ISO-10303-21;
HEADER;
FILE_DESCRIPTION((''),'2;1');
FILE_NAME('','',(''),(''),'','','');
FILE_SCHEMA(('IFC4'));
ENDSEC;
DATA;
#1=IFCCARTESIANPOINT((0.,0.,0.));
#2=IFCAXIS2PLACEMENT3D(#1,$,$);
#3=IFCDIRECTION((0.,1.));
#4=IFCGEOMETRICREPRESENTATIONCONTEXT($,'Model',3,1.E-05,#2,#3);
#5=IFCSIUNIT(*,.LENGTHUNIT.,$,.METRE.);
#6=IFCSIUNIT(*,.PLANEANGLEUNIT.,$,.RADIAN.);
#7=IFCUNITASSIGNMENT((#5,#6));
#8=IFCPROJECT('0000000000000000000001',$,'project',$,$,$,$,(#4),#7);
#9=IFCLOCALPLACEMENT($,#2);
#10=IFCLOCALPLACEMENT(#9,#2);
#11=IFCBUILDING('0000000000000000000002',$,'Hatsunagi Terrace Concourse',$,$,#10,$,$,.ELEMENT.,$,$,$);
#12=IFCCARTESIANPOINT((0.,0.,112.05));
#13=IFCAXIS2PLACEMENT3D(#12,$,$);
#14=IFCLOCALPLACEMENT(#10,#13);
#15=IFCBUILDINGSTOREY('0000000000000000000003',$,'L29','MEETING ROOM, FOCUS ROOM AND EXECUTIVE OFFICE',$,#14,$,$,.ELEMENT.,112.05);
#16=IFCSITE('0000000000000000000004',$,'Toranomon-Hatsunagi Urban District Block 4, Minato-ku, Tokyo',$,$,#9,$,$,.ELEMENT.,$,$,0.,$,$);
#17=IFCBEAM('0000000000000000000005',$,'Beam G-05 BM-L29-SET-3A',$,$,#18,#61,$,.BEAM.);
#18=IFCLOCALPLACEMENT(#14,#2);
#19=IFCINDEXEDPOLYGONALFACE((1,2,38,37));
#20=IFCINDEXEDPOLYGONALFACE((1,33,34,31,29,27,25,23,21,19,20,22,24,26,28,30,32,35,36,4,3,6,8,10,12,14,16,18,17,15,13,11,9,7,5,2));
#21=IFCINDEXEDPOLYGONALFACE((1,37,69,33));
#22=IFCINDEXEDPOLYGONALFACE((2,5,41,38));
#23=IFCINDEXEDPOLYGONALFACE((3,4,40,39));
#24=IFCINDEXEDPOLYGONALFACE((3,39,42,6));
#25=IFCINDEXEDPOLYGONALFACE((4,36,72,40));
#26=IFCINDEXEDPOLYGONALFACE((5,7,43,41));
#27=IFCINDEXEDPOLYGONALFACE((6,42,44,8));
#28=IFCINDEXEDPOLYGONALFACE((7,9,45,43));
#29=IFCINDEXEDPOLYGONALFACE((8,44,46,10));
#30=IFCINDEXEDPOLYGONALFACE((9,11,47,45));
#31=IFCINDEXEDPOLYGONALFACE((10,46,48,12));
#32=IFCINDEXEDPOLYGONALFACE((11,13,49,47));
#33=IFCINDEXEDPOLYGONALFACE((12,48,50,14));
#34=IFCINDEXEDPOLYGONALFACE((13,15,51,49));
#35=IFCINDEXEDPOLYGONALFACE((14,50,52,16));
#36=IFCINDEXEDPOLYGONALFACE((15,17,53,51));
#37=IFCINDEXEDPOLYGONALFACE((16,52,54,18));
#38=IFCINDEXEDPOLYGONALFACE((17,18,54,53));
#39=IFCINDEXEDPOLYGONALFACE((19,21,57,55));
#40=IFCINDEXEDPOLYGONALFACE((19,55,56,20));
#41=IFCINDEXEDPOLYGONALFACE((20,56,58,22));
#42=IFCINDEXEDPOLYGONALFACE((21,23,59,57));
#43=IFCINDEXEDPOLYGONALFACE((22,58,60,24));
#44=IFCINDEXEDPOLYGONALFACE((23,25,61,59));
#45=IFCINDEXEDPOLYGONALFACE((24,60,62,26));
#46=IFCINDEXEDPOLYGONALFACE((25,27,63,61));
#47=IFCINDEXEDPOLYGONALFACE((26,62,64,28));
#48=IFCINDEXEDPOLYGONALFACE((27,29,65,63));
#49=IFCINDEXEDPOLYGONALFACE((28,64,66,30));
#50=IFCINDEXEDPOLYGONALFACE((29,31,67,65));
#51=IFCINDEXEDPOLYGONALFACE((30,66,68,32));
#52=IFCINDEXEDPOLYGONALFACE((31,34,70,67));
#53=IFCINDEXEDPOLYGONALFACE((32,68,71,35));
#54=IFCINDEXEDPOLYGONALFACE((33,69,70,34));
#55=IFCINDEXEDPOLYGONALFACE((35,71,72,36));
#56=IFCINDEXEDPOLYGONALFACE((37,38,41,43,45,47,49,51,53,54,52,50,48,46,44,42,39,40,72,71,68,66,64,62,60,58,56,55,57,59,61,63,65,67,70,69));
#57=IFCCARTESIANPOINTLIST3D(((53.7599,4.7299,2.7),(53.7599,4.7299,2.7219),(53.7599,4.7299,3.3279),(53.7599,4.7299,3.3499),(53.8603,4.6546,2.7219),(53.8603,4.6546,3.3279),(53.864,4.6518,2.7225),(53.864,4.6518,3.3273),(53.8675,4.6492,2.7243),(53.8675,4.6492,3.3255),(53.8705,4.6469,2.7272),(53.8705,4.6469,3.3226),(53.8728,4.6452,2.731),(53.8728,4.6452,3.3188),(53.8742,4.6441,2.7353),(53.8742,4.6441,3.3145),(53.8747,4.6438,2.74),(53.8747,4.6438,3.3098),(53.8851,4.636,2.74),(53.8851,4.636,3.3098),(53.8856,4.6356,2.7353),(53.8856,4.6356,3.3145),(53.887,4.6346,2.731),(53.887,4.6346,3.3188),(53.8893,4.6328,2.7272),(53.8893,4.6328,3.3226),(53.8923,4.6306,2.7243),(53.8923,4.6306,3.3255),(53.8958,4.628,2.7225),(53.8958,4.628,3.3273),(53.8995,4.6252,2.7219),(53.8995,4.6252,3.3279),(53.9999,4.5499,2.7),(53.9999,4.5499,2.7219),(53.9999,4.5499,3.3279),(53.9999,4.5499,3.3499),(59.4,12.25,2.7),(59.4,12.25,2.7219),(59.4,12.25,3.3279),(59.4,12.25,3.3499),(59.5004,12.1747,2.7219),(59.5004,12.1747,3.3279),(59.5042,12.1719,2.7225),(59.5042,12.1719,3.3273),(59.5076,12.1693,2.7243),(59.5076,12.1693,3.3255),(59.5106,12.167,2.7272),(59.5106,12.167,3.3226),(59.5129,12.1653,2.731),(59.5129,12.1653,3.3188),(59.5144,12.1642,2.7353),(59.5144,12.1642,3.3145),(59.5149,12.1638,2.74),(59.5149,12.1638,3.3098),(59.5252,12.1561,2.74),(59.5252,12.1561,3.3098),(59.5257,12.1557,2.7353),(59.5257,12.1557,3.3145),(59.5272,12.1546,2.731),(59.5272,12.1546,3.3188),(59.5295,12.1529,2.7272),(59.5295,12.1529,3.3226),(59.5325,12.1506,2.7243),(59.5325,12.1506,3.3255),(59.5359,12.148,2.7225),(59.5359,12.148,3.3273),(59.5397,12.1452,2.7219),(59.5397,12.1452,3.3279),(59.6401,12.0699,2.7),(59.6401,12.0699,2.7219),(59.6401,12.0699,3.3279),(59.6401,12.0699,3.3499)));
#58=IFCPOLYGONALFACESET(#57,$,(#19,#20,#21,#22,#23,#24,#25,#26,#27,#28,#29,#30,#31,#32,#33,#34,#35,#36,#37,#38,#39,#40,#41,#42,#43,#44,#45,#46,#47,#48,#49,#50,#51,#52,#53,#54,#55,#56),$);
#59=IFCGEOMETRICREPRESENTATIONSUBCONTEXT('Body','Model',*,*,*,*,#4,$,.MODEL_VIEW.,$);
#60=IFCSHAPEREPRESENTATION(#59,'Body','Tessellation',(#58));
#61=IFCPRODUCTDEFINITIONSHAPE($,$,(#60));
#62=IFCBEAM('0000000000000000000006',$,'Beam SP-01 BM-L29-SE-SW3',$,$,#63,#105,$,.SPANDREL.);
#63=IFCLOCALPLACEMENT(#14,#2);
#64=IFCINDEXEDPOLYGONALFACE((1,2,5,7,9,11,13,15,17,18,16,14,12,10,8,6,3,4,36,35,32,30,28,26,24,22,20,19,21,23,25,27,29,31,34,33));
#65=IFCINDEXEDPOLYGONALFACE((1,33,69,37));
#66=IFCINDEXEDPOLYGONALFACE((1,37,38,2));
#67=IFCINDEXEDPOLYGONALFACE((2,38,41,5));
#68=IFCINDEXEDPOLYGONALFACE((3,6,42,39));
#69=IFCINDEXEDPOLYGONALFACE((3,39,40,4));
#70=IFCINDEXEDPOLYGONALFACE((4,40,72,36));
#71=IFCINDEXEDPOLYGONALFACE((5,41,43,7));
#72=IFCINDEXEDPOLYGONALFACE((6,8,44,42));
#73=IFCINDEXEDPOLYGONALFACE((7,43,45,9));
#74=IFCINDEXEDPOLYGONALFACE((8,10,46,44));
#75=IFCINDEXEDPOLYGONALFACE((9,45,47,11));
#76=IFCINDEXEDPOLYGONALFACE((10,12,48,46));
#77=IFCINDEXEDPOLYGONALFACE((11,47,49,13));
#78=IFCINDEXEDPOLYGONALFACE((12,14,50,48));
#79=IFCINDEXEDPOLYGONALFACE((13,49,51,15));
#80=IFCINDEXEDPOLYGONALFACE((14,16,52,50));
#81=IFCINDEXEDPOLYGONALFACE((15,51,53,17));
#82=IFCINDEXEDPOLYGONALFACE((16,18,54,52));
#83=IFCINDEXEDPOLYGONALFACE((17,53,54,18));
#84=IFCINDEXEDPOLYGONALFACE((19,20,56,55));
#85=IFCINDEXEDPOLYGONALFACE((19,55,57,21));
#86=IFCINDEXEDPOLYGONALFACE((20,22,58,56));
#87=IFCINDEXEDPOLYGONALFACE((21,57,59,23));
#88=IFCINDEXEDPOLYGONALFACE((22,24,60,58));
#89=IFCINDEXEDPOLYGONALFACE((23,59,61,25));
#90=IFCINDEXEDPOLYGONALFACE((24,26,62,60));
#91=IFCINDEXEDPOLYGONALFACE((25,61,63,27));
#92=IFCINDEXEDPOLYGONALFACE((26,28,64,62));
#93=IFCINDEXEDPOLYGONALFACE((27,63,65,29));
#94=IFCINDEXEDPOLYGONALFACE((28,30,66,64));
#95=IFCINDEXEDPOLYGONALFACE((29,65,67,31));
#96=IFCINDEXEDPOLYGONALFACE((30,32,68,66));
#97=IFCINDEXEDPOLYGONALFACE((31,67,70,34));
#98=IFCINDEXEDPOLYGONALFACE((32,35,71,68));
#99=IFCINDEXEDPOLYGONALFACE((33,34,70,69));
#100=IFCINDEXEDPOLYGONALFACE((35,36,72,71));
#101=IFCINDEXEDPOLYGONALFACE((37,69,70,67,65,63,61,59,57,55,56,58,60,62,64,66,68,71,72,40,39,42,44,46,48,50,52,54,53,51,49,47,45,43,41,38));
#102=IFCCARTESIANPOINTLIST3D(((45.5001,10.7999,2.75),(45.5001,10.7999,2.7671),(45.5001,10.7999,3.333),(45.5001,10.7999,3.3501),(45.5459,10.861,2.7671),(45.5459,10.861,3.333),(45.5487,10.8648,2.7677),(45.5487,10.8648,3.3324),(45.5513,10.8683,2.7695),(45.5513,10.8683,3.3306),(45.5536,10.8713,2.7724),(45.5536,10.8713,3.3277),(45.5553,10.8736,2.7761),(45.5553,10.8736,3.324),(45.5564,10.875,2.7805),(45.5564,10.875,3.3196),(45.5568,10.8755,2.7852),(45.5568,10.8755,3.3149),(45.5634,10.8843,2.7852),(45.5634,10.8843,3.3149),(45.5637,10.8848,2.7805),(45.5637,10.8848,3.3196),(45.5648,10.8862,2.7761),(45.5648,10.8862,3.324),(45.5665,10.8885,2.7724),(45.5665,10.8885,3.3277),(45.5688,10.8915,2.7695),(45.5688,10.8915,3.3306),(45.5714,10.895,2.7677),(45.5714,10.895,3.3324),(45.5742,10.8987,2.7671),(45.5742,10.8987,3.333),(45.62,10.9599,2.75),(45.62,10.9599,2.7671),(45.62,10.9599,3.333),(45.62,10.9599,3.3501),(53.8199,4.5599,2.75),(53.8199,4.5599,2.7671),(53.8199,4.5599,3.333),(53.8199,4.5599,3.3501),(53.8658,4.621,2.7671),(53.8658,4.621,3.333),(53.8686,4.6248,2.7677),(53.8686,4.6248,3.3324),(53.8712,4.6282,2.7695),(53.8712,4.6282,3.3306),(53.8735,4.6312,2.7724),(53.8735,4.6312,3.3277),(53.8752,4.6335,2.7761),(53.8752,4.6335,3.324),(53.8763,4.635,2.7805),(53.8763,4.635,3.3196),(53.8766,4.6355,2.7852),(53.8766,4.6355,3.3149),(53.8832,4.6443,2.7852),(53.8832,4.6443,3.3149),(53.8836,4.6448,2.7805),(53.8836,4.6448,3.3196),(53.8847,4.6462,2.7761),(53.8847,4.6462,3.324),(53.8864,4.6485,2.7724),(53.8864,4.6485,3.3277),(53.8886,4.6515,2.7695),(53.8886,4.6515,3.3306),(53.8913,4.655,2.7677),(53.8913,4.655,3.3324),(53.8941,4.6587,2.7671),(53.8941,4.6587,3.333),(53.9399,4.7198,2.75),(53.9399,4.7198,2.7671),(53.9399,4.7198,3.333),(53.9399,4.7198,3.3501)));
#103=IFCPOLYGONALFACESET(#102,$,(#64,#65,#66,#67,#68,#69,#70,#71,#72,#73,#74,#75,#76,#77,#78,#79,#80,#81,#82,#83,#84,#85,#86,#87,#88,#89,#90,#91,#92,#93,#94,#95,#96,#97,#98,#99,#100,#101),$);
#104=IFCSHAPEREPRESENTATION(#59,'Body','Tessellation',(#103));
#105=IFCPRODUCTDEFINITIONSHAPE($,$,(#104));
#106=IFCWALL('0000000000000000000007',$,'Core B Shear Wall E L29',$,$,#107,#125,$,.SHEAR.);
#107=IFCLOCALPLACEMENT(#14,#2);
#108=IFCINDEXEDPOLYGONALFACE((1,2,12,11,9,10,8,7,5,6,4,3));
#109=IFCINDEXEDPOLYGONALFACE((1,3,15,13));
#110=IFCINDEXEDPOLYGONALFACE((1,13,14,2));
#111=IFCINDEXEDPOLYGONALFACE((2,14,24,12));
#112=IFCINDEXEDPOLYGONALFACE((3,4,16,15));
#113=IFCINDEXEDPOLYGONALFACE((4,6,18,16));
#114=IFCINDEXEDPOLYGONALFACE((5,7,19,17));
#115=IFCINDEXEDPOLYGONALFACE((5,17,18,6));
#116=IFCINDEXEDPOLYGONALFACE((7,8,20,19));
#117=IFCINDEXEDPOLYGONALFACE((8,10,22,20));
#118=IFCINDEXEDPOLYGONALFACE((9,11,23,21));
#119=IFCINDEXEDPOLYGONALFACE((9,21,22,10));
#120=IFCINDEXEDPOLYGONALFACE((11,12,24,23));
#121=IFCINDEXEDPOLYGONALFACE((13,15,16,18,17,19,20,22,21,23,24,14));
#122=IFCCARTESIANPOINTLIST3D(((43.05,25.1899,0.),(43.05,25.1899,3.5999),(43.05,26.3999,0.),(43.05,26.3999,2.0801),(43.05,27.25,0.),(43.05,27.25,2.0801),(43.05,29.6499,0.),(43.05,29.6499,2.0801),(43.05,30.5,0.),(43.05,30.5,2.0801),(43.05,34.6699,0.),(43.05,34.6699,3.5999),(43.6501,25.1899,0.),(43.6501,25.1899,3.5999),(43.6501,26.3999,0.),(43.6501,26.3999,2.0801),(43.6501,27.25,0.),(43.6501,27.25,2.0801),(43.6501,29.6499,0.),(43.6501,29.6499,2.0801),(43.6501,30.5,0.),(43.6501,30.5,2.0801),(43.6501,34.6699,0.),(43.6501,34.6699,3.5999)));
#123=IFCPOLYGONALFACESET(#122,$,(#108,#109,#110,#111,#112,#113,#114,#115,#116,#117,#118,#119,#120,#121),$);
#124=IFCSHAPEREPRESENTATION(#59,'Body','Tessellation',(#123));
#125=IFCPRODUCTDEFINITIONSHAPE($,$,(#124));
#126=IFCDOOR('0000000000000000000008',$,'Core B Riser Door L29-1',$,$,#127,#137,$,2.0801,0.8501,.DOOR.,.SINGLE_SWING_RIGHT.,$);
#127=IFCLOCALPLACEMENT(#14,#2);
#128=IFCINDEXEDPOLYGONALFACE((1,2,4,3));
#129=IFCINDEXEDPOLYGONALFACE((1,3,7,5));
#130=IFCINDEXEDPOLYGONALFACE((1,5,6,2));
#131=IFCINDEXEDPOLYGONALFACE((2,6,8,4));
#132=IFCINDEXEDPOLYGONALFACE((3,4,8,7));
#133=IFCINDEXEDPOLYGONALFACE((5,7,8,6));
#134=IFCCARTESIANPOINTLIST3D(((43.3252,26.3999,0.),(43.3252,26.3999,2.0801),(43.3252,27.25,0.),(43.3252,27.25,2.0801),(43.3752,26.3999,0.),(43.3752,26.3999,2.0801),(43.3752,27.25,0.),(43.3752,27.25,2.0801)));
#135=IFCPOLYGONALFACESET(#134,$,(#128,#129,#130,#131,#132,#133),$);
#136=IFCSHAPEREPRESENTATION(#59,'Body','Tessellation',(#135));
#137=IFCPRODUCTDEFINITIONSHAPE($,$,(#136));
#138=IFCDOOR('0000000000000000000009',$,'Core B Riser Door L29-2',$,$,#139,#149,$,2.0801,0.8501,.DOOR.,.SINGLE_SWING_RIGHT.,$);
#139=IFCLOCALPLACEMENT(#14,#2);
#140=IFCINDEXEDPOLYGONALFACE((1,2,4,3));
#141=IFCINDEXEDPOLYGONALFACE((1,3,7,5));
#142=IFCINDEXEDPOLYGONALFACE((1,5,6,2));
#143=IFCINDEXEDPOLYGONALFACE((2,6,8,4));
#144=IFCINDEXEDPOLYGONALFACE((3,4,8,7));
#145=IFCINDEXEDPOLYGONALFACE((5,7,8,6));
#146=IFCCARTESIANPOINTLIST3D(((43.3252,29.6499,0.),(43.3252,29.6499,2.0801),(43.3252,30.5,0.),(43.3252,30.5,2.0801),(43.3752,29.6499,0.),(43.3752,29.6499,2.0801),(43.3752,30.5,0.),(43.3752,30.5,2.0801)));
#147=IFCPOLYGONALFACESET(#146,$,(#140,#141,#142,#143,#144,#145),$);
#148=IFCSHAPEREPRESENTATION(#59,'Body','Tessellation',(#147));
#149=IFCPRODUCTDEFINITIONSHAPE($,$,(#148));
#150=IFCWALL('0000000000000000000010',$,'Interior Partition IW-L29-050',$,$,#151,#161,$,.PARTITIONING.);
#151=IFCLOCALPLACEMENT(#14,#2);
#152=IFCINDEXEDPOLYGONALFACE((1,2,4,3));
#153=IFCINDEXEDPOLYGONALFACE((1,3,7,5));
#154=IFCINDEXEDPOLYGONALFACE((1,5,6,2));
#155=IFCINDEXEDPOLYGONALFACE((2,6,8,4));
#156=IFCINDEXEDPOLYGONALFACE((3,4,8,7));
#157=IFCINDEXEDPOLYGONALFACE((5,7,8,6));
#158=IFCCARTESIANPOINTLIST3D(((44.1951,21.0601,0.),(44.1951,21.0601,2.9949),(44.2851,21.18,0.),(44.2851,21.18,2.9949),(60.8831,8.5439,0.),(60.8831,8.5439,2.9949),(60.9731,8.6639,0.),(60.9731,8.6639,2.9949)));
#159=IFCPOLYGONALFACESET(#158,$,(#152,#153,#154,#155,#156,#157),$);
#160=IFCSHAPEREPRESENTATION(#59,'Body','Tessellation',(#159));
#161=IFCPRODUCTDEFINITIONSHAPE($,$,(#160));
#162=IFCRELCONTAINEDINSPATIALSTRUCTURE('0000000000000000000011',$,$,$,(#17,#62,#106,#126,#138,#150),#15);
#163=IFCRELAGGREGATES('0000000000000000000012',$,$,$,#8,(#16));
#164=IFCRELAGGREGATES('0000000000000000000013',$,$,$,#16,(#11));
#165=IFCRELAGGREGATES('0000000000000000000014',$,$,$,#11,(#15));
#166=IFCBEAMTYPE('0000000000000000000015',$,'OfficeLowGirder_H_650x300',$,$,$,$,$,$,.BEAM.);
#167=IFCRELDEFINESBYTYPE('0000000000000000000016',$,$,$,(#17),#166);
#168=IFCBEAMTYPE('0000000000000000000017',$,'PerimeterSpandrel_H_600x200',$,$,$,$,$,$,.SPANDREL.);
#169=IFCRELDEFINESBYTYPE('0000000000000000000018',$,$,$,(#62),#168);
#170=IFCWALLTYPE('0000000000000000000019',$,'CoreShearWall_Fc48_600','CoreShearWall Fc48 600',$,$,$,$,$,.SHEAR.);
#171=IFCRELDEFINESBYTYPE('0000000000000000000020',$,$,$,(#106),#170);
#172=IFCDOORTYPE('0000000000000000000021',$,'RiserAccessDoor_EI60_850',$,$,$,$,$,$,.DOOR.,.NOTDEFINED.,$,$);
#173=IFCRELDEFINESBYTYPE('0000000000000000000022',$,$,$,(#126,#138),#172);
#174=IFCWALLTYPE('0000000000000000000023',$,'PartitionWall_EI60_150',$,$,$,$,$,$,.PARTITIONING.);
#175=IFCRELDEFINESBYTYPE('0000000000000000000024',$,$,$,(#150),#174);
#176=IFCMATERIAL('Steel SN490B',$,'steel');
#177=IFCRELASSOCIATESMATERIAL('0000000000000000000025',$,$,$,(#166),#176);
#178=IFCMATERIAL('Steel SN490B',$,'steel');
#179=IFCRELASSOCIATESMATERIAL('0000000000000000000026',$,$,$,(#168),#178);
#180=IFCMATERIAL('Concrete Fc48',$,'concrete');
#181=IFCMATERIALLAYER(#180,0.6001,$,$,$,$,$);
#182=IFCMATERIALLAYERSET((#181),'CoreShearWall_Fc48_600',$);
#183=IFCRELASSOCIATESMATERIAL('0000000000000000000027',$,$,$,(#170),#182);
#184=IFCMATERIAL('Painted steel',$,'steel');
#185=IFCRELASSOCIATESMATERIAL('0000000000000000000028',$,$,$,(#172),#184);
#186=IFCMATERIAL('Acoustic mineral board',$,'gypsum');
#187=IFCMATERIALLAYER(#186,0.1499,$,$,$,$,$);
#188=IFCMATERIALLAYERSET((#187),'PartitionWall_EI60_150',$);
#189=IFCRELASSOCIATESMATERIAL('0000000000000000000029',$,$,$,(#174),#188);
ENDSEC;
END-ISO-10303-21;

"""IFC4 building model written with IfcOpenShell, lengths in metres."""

from ifc_helpers import new_model, si_unit, direction, frame, frame_2d, origin, origin_2d, place, context, subcontext, project, spatial, rectangle, i_section, extrude, material, layer, layer_set, material_profile, profile_set, type_object, element, fill, save


model = new_model("IFC4")

# Units and contexts
model_context = context("Model", 3, precision=1e-05, world=origin(), true_north=direction((0.0, 1.0)))
body_context = subcontext(model_context, "Body", "Model", "MODEL_VIEW")
ifc_project = project(units=[si_unit("LENGTHUNIT", "METRE"), si_unit("PLANEANGLEUNIT", "RADIAN")], contexts=[model_context])

# Site, building, storey
site_placement = place(None, origin())
site = spatial("IfcSite", under=ifc_project, at=site_placement, Name="Toranomon-Hatsunagi Urban District Block 4, Minato-ku, Tokyo", CompositionType="ELEMENT", RefElevation=0.0)
building_placement = place(site_placement, origin())
building = spatial("IfcBuilding", under=site, at=building_placement, Name="Hatsunagi Terrace Concourse", CompositionType="ELEMENT")
storey_placement = place(building_placement, frame((0.0, 0.0, 112.05)))
storey = spatial("IfcBuildingStorey", under=building, at=storey_placement, Name="L29", Description="MEETING ROOM, FOCUS ROOM AND EXECUTIVE OFFICE", CompositionType="ELEMENT", Elevation=112.05)

# Beams
ifc_material_1 = material(Name="Steel SN490B", Category="steel")
ifc_material_profile_1 = material_profile(ifc_material_1, i_section(OverallWidth=0.3, OverallDepth=0.6499, WebThickness=0.0129, FlangeThickness=0.022, FilletRadius=0.0181, at=origin_2d()), Name="H-650x300x13x22")
ifc_profile_set_1 = profile_set([ifc_material_profile_1], Name="Steel SN490B")
beam_type_1 = type_object("IfcBeamType", Name="OfficeLowGirder_H_650x300", PredefinedType="BEAM", material=ifc_profile_set_1)
beam_1_placement = place(storey_placement, frame((53.8799, 4.6399, 3.0249), z_axis=(0.600008, 0.799994, 0.0), x_axis=(-0.799994, 0.600008, 0.0)))
element("IfcBeam", 1, at=beam_1_placement, inside=storey, type_object=beam_type_1, Name="Beam G-05 BM-L29-SET-3A", PredefinedType="BEAM", context=body_context, shape_type="SweptSolid", body=[
    extrude(i_section(OverallWidth=0.3, OverallDepth=0.6499, WebThickness=0.0129, FlangeThickness=0.022, FilletRadius=0.0181, at=origin_2d()), origin(), (0.0, 0.0, 1.0), 9.4001),
])
ifc_material_2 = material(Name="Steel SN490B", Category="steel")
ifc_material_profile_2 = material_profile(ifc_material_2, i_section(OverallWidth=0.2, OverallDepth=0.6001, WebThickness=0.011, FlangeThickness=0.0171, FilletRadius=0.0181, at=origin_2d()), Name="H-600x200x11x17")
ifc_profile_set_2 = profile_set([ifc_material_profile_2], Name="Steel SN490B")
beam_type_2 = type_object("IfcBeamType", Name="PerimeterSpandrel_H_600x200", PredefinedType="SPANDREL", material=ifc_profile_set_2)
beam_2_placement = place(storey_placement, frame((45.5601, 10.8799, 3.05), z_axis=(0.799994, -0.600008, 0.0), x_axis=(0.600008, 0.799994, 0.0)))
element("IfcBeam", 2, at=beam_2_placement, inside=storey, type_object=beam_type_2, Name="Beam SP-01 BM-L29-SE-SW3", PredefinedType="SPANDREL", context=body_context, shape_type="SweptSolid", body=[
    extrude(i_section(OverallWidth=0.2, OverallDepth=0.6001, WebThickness=0.011, FlangeThickness=0.0171, FilletRadius=0.0181, at=origin_2d()), origin(), (0.0, 0.0, 1.0), 10.3999),
])

# Wall, openings, doors
ifc_material_3 = material(Name="Concrete Fc48", Category="concrete")
ifc_layer_1 = layer(ifc_material_3, 0.6001)
ifc_layer_set_1 = layer_set([ifc_layer_1], Name="CoreShearWall_Fc48_600")
wall_type_1 = type_object("IfcWallType", Name="CoreShearWall_Fc48_600", Description="CoreShearWall Fc48 600", PredefinedType="SHEAR", material=ifc_layer_set_1)
wall_1_placement = place(storey_placement, frame((43.3501, 25.1899, 0.0), z_axis=(0.0, 0.0, 1.0), x_axis=(0.0, 1.0, 0.0)))
wall_1 = element("IfcWall", 3, at=wall_1_placement, inside=storey, type_object=wall_type_1, Name="Core B Shear Wall E L29", PredefinedType="SHEAR", context=body_context, shape_type="SweptSolid", body=[
    extrude(rectangle(XDim=9.48, YDim=0.6001, at=frame_2d((4.74, 0.0))), origin(), (0.0, 0.0, 1.0), 3.5999),
])
opening_1_placement = place(wall_1_placement, frame((1.21, 0.0, 0.0)))
opening_1 = element("IfcOpeningElement", 4, at=opening_1_placement, cuts=wall_1, PredefinedType="OPENING", context=body_context, shape_type="SweptSolid", body=[
    extrude(rectangle(XDim=0.8501, YDim=2.0801, at=frame_2d((0.425, 1.04))), frame((0.0, 0.3101, 0.0), z_axis=(0.0, -1.0, 0.0), x_axis=(1.0, 0.0, 0.0)), (0.0, 0.0, 1.0), 0.6201),
])
opening_2_placement = place(wall_1_placement, frame((4.46, 0.0, 0.0)))
opening_2 = element("IfcOpeningElement", 5, at=opening_2_placement, cuts=wall_1, PredefinedType="OPENING", context=body_context, shape_type="SweptSolid", body=[
    extrude(rectangle(XDim=0.8501, YDim=2.0801, at=frame_2d((0.425, 1.04))), frame((0.0, 0.3101, 0.0), z_axis=(0.0, -1.0, 0.0), x_axis=(1.0, 0.0, 0.0)), (0.0, 0.0, 1.0), 0.6201),
])
ifc_material_4 = material(Name="Painted steel", Category="steel")
door_type_1 = type_object("IfcDoorType", Name="RiserAccessDoor_EI60_850", OperationType="NOTDEFINED", PredefinedType="DOOR", material=ifc_material_4)
door_1_placement = place(opening_1_placement, origin())
door_1 = element("IfcDoor", 6, at=door_1_placement, inside=storey, type_object=door_type_1, Name="Core B Riser Door L29-1", OperationType="SINGLE_SWING_RIGHT", OverallHeight=2.0801, OverallWidth=0.8501, PredefinedType="DOOR", context=body_context, shape_type="SweptSolid", body=[
    extrude(rectangle(XDim=0.8501, YDim=2.0801, at=frame_2d((0.425, 1.04))), frame((0.0, 0.0249, 0.0), z_axis=(0.0, -1.0, 0.0), x_axis=(1.0, 0.0, 0.0)), (0.0, 0.0, 1.0), 0.05),
])
fill(opening_1, door_1)
door_2_placement = place(opening_2_placement, origin())
door_2 = element("IfcDoor", 7, at=door_2_placement, inside=storey, type_object=door_type_1, Name="Core B Riser Door L29-2", OperationType="SINGLE_SWING_RIGHT", OverallHeight=2.0801, OverallWidth=0.8501, PredefinedType="DOOR", context=body_context, shape_type="SweptSolid", body=[
    extrude(rectangle(XDim=0.8501, YDim=2.0801, at=frame_2d((0.425, 1.04))), frame((0.0, 0.0249, 0.0), z_axis=(0.0, -1.0, 0.0), x_axis=(1.0, 0.0, 0.0)), (0.0, 0.0, 1.0), 0.05),
])
fill(opening_2, door_2)

# Wall
ifc_material_5 = material(Name="Acoustic mineral board", Category="gypsum")
ifc_layer_2 = layer(ifc_material_5, 0.1499)
ifc_layer_set_2 = layer_set([ifc_layer_2], Name="PartitionWall_EI60_150")
wall_type_2 = type_object("IfcWallType", Name="PartitionWall_EI60_150", PredefinedType="PARTITIONING", material=ifc_layer_set_2)
wall_2_placement = place(storey_placement, frame((44.24, 21.1201, 0.0), z_axis=(0.0, 0.0, 1.0), x_axis=(0.799997, -0.600004, 0.0)))
element("IfcWall", 8, at=wall_2_placement, inside=storey, type_object=wall_type_2, Name="Interior Partition IW-L29-050", PredefinedType="PARTITIONING", context=body_context, shape_type="SweptSolid", body=[
    extrude(rectangle(XDim=20.8601, YDim=0.1499, at=frame_2d((10.4302, 0.0))), origin(), (0.0, 0.0, 1.0), 2.9949),
])

save(model, "model.ifc")
